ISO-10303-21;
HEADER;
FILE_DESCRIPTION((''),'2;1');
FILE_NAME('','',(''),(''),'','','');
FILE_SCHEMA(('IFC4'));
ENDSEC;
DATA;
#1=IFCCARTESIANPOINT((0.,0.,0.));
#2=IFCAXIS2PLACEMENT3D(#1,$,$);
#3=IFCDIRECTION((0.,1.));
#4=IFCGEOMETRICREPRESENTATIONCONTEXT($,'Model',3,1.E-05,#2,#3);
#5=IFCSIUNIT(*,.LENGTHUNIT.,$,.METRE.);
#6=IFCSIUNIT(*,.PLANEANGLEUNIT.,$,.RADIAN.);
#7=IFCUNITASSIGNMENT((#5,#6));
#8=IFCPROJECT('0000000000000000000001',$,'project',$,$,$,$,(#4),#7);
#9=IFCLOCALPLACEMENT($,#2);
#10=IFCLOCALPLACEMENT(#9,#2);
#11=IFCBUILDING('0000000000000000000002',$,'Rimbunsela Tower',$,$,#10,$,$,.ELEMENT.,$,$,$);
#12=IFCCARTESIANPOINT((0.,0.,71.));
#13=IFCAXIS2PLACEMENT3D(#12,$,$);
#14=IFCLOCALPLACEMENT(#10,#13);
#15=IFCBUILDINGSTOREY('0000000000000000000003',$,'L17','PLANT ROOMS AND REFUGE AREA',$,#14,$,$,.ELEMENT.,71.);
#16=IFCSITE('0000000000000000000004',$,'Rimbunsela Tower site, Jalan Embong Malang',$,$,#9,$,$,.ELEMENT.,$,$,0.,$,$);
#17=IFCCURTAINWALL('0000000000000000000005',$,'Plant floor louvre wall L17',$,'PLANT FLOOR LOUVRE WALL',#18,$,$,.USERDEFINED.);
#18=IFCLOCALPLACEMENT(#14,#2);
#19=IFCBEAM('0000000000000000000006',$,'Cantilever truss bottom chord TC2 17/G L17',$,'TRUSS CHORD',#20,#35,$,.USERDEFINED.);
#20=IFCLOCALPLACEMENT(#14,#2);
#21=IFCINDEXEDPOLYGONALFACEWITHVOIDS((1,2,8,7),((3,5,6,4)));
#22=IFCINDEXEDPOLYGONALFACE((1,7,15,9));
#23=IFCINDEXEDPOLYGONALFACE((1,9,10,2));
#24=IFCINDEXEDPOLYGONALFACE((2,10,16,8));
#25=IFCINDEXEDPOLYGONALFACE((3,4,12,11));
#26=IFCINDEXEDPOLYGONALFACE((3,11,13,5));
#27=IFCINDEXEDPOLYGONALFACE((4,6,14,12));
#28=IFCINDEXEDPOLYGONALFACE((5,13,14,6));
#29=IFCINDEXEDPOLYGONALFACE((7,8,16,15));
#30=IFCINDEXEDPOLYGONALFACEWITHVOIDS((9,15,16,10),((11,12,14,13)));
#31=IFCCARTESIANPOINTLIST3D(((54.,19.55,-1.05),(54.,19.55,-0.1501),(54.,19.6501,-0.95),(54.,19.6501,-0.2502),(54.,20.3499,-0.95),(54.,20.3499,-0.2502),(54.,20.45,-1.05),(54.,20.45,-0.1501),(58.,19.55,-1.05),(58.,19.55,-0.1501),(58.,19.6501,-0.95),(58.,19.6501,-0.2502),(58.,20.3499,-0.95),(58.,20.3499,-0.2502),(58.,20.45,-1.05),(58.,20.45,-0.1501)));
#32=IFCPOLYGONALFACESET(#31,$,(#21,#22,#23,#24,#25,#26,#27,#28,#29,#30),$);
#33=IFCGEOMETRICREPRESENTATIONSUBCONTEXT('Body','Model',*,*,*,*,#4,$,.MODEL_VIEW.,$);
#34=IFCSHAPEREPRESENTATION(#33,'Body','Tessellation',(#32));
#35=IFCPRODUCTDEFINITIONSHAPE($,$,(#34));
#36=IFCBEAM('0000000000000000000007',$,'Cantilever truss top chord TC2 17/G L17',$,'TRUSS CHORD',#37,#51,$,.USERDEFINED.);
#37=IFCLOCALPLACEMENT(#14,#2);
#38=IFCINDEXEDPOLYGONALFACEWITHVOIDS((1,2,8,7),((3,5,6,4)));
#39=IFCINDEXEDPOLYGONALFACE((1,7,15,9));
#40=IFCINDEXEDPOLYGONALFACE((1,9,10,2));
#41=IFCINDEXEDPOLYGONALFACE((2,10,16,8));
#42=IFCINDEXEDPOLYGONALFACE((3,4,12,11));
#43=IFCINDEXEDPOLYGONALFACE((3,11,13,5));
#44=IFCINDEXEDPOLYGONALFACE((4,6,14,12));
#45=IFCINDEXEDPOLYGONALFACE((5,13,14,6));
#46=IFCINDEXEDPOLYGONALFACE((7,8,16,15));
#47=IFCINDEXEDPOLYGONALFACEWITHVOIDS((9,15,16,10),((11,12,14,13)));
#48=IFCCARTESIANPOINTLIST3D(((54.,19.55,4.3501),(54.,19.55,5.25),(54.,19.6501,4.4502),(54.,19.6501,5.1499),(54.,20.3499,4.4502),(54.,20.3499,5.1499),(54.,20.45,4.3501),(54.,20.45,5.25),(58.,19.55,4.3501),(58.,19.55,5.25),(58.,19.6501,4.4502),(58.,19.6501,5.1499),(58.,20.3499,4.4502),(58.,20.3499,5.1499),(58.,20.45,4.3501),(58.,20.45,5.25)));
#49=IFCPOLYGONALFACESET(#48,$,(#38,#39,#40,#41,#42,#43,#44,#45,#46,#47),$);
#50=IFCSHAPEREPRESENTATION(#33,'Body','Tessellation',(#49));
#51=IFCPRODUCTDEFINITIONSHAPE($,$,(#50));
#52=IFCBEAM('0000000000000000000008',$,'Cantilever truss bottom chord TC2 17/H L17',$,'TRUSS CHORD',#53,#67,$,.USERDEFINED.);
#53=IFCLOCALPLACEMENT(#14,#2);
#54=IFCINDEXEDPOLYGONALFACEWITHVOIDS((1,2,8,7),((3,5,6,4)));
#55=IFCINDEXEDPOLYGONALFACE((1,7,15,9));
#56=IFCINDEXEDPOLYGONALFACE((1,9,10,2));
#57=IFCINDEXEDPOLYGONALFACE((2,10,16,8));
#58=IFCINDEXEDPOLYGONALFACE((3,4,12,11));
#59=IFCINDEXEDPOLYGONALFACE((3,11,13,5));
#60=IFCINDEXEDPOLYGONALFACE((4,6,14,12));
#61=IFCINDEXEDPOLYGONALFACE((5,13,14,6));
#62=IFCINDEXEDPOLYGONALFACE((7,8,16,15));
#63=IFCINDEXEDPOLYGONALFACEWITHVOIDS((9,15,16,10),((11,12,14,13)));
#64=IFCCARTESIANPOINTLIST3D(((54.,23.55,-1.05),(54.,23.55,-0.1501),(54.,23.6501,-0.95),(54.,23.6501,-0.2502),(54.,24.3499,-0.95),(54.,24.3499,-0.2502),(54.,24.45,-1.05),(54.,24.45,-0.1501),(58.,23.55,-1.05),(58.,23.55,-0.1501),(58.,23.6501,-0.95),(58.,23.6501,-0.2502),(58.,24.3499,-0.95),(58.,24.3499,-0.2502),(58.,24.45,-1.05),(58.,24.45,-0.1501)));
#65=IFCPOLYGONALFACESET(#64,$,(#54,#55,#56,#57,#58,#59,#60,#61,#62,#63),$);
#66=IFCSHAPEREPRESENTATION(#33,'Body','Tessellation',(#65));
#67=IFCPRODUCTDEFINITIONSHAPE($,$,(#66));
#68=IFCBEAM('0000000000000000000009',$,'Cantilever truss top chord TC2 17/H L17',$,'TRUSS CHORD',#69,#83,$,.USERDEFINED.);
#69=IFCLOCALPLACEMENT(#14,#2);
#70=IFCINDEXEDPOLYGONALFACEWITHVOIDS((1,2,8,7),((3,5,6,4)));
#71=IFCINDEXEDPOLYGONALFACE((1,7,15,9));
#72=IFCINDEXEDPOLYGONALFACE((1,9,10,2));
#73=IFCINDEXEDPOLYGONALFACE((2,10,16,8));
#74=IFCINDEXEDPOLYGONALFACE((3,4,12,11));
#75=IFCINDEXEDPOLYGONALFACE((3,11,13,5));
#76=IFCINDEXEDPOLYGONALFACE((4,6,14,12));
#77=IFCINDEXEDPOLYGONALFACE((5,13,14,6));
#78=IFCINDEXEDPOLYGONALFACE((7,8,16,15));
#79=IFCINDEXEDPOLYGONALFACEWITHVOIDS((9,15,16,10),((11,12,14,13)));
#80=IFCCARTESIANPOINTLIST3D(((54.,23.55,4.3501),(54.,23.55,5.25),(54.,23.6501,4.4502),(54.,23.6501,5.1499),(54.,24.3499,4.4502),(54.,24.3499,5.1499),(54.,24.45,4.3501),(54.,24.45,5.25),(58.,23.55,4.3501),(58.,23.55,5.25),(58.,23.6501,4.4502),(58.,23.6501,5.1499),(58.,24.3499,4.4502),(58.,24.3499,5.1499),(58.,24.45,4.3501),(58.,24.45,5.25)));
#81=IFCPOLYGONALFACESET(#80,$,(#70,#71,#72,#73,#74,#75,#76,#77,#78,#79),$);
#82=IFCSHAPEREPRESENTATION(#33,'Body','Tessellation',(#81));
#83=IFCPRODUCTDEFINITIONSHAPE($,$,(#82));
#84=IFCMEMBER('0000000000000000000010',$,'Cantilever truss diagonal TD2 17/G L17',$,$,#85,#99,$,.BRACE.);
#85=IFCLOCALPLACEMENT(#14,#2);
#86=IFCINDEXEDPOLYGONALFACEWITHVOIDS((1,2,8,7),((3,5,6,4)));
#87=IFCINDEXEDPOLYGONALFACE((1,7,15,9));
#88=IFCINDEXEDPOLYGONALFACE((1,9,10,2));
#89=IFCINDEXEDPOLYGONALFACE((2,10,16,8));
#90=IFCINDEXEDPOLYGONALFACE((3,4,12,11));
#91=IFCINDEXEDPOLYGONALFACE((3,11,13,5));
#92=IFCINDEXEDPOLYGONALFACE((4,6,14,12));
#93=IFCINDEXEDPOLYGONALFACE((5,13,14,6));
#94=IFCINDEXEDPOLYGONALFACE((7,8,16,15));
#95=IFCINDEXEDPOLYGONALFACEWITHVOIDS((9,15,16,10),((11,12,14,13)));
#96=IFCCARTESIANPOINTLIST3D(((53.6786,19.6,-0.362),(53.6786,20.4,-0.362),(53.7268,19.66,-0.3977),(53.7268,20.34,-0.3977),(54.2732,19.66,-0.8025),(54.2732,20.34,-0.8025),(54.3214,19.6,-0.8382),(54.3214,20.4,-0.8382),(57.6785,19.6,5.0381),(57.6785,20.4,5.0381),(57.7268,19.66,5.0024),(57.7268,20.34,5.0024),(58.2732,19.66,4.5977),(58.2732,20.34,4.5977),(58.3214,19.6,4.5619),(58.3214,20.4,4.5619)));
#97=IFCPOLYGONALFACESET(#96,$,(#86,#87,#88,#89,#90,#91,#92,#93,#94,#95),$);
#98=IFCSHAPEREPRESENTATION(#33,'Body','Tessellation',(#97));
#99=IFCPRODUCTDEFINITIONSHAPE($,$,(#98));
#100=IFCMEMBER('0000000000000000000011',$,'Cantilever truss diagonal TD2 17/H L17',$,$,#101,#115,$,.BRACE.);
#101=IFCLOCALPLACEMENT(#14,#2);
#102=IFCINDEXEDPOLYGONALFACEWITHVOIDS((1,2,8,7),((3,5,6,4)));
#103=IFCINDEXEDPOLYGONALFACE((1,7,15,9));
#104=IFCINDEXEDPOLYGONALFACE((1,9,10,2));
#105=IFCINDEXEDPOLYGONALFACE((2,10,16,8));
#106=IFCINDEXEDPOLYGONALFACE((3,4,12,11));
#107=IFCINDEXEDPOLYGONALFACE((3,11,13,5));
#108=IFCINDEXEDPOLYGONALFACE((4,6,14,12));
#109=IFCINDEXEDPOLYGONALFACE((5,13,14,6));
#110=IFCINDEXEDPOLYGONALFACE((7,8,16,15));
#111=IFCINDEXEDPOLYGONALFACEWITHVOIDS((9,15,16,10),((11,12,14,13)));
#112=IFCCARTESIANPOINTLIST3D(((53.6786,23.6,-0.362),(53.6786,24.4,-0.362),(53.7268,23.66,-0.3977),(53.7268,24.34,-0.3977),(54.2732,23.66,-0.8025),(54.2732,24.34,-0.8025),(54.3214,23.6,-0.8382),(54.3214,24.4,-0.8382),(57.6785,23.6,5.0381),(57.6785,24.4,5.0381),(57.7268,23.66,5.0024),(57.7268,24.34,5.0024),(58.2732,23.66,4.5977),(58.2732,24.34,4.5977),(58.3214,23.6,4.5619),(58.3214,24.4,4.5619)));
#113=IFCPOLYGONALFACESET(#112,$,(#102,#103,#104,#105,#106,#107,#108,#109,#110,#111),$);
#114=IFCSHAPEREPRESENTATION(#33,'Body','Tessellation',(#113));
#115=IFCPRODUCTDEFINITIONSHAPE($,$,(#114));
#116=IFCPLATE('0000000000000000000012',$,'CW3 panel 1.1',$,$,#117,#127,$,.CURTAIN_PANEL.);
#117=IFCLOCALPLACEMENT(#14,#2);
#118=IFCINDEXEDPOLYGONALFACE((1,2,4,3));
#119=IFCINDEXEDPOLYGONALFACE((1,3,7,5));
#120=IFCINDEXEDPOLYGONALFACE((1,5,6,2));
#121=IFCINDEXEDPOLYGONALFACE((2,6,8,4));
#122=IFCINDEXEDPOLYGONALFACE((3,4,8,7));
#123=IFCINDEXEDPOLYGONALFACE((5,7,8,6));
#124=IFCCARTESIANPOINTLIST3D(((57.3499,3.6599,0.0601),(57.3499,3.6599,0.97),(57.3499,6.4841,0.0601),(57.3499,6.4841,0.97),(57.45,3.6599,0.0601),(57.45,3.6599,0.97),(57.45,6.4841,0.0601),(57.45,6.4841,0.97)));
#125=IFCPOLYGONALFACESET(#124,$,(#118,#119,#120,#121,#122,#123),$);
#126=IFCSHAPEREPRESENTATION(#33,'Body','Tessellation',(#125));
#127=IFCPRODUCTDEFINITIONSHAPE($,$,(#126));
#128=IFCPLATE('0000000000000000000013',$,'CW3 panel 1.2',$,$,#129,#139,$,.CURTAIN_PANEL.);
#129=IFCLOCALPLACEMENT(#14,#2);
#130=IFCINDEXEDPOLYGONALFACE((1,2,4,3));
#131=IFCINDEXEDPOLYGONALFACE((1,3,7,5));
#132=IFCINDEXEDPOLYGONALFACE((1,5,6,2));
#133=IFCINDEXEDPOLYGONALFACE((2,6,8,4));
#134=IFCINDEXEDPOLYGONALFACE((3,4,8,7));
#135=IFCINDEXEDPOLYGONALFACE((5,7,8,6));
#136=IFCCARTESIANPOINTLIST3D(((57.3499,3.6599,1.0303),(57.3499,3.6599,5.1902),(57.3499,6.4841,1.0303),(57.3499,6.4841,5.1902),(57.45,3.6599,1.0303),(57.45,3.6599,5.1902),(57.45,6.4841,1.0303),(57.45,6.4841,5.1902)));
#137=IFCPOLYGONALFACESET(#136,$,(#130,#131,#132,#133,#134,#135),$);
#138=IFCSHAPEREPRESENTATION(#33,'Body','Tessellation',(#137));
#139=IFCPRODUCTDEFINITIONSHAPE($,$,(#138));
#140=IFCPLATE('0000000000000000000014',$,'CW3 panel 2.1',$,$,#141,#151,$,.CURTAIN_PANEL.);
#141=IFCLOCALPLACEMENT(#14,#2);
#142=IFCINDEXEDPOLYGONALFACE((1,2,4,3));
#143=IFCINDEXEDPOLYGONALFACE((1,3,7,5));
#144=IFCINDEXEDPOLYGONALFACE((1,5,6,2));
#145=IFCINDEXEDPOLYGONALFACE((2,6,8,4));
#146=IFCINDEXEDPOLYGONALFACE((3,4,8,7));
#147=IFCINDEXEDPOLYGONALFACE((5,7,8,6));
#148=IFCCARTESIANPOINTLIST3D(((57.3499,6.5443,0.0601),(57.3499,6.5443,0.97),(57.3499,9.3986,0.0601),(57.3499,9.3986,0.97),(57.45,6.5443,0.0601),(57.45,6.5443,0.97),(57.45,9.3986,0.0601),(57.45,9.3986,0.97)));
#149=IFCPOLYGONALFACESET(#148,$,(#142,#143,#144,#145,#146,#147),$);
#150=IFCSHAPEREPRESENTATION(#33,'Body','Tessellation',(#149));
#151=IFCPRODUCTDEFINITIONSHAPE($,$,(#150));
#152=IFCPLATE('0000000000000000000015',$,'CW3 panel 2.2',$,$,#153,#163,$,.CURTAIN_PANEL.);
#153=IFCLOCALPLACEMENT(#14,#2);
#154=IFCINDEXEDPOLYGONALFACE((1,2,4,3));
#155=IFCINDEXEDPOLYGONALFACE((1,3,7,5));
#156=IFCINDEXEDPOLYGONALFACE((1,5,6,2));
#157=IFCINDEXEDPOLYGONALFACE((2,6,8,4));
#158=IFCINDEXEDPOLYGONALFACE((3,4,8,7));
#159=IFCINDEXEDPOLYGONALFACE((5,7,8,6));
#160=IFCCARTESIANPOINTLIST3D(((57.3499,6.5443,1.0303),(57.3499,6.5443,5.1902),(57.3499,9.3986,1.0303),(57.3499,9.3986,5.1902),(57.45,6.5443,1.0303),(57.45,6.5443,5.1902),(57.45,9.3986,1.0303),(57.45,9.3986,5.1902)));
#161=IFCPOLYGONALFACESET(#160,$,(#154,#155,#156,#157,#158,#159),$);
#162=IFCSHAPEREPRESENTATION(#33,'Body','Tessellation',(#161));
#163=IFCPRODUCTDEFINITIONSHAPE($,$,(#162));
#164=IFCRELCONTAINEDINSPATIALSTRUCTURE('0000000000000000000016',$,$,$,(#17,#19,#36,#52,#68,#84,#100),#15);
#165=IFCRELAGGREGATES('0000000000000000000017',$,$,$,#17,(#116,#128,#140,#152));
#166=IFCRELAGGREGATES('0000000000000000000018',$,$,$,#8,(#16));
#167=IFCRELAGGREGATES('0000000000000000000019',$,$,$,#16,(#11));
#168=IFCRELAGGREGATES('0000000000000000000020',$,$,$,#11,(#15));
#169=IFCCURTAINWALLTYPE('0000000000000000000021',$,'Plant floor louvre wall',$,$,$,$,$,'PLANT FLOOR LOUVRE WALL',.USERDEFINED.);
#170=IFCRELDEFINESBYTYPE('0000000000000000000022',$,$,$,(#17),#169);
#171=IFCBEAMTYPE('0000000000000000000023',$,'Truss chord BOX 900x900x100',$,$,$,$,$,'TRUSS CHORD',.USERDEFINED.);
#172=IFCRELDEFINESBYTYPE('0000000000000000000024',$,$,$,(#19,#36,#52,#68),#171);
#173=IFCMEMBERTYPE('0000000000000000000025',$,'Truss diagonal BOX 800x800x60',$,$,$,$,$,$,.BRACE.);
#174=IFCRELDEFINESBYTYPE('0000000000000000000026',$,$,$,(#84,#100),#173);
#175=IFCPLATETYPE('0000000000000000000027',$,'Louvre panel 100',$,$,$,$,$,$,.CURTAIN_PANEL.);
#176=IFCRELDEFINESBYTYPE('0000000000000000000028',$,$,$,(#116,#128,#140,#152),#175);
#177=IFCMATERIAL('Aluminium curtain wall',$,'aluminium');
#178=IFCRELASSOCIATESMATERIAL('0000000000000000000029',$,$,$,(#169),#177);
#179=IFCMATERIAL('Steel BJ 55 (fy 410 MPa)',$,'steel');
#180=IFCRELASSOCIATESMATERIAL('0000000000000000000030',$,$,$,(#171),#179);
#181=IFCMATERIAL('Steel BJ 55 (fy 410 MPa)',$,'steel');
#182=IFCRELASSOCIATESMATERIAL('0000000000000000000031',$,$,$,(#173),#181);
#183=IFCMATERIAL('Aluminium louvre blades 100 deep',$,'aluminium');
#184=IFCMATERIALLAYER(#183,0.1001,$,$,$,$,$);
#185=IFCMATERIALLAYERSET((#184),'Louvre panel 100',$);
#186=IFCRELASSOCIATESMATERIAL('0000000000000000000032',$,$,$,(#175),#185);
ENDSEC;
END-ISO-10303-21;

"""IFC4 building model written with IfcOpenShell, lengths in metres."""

from ifc_helpers import new_model, si_unit, direction, frame, origin, origin_2d, place, context, subcontext, project, spatial, rectangle, hollow_rectangle, extrude, material, layer, layer_set, material_profile, profile_set, type_object, element, aggregate, save


model = new_model("IFC4")

# Units and contexts
model_context = context("Model", 3, precision=1e-05, world=origin(), true_north=direction((0.0, 1.0)))
body_context = subcontext(model_context, "Body", "Model", "MODEL_VIEW")
ifc_project = project(units=[si_unit("LENGTHUNIT", "METRE"), si_unit("PLANEANGLEUNIT", "RADIAN")], contexts=[model_context])

# Site, building, storey
site_placement = place(None, origin())
site = spatial("IfcSite", under=ifc_project, at=site_placement, Name="Rimbunsela Tower site, Jalan Embong Malang", CompositionType="ELEMENT", RefElevation=0.0)
building_placement = place(site_placement, origin())
building = spatial("IfcBuilding", under=site, at=building_placement, Name="Rimbunsela Tower", CompositionType="ELEMENT")
storey_placement = place(building_placement, frame((0.0, 0.0, 71.0)))
storey = spatial("IfcBuildingStorey", under=building, at=storey_placement, Name="L17", Description="PLANT ROOMS AND REFUGE AREA", CompositionType="ELEMENT", Elevation=71.0)

# Curtain wall
ifc_material_1 = material(Name="Aluminium curtain wall", Category="aluminium")
curtain_wall_type = type_object("IfcCurtainWallType", Name="Plant floor louvre wall", ElementType="PLANT FLOOR LOUVRE WALL", PredefinedType="USERDEFINED", material=ifc_material_1)
curtain_wall_placement = place(storey_placement, origin())
curtain_wall = element("IfcCurtainWall", 1, at=curtain_wall_placement, inside=storey, type_object=curtain_wall_type, Name="Plant floor louvre wall L17", ObjectType="PLANT FLOOR LOUVRE WALL", PredefinedType="USERDEFINED")

# Beams
ifc_material_2 = material(Name="Steel BJ 55 (fy 410 MPa)", Category="steel")
ifc_material_profile_1 = material_profile(ifc_material_2, hollow_rectangle(XDim=0.8999, YDim=0.8999, WallThickness=0.1001, at=origin_2d()), Name="BOX 900x900x100")
ifc_profile_set_1 = profile_set([ifc_material_profile_1], Name="Steel BJ 55 (fy 410 MPa)")
beam_type_1 = type_object("IfcBeamType", Name="Truss chord BOX 900x900x100", ElementType="TRUSS CHORD", PredefinedType="USERDEFINED", material=ifc_profile_set_1)
for number, where, z_axis, x_axis, name in (
    (2, (54.0, 20.0, -0.6001), (1.0, 0.0, 0.0), (0.0, 1.0, 0.0), "Cantilever truss bottom chord TC2 17/G L17"),
    (3, (54.0, 20.0, 4.8), (1.0, 0.0, 0.0), (0.0, 1.0, 0.0), "Cantilever truss top chord TC2 17/G L17"),
    (4, (54.0, 24.0, -0.6001), (1.0, 0.0, 0.0), (0.0, 1.0, 0.0), "Cantilever truss bottom chord TC2 17/H L17"),
    (5, (54.0, 24.0, 4.8), (1.0, 0.0, 0.0), (0.0, 1.0, 0.0), "Cantilever truss top chord TC2 17/H L17"),
):
    element("IfcBeam", number, at=place(storey_placement, frame(where, z_axis=z_axis, x_axis=x_axis)), inside=storey, type_object=beam_type_1, Name=name, ObjectType="TRUSS CHORD", PredefinedType="USERDEFINED", context=body_context, shape_type="SweptSolid", body=[
        extrude(hollow_rectangle(XDim=0.8999, YDim=0.8999, WallThickness=0.1001, at=origin_2d()), origin(), (0.0, 0.0, 1.0), 4.0),
    ])

# Members
ifc_material_3 = material(Name="Steel BJ 55 (fy 410 MPa)", Category="steel")
ifc_material_profile_2 = material_profile(ifc_material_3, hollow_rectangle(XDim=0.8, YDim=0.8, WallThickness=0.0601, at=origin_2d()), Name="BOX 800x800x60")
ifc_profile_set_2 = profile_set([ifc_material_profile_2], Name="Steel BJ 55 (fy 410 MPa)")
member_type_1 = type_object("IfcMemberType", Name="Truss diagonal BOX 800x800x60", PredefinedType="BRACE", material=ifc_profile_set_2)
for number, where, z_axis, x_axis, name in (
    (6, (54.0, 20.0, -0.6001), (0.595217, 0.0, 0.803565), (0.0, 1.0, 0.0), "Cantilever truss diagonal TD2 17/G L17"),
    (7, (54.0, 24.0, -0.6001), (0.595217, 0.0, 0.803565), (0.0, 1.0, 0.0), "Cantilever truss diagonal TD2 17/H L17"),
):
    element("IfcMember", number, at=place(storey_placement, frame(where, z_axis=z_axis, x_axis=x_axis)), inside=storey, type_object=member_type_1, Name=name, PredefinedType="BRACE", context=body_context, shape_type="SweptSolid", body=[
        extrude(hollow_rectangle(XDim=0.8, YDim=0.8, WallThickness=0.0601, at=origin_2d()), origin(), (0.0, 0.0, 1.0), 6.7202),
    ])

# Plates
ifc_material_4 = material(Name="Aluminium louvre blades 100 deep", Category="aluminium")
ifc_layer = layer(ifc_material_4, 0.1001)
ifc_layer_set = layer_set([ifc_layer], Name="Louvre panel 100")
plate_type = type_object("IfcPlateType", Name="Louvre panel 100", PredefinedType="CURTAIN_PANEL", material=ifc_layer_set)
plate_1_placement = place(storey_placement, frame((57.3999, 5.072, 0.0601), z_axis=(0.0, 0.0, 1.0), x_axis=(0.0, 1.0, 0.0)))
plate_1 = element("IfcPlate", 8, at=plate_1_placement, type_object=plate_type, Name="CW3 panel 1.1", PredefinedType="CURTAIN_PANEL", context=body_context, shape_type="SweptSolid", body=[
    extrude(rectangle(XDim=2.8242, YDim=0.1001, at=origin_2d()), origin(), (0.0, 0.0, 1.0), 0.9099),
])
plate_2_placement = place(storey_placement, frame((57.3999, 5.072, 1.0303), z_axis=(0.0, 0.0, 1.0), x_axis=(0.0, 1.0, 0.0)))
plate_2 = element("IfcPlate", 9, at=plate_2_placement, type_object=plate_type, Name="CW3 panel 1.2", PredefinedType="CURTAIN_PANEL", context=body_context, shape_type="SweptSolid", body=[
    extrude(rectangle(XDim=2.8242, YDim=0.1001, at=origin_2d()), origin(), (0.0, 0.0, 1.0), 4.1599),
])
plate_3_placement = place(storey_placement, frame((57.3999, 7.9714, 0.0601), z_axis=(0.0, 0.0, 1.0), x_axis=(0.0, 1.0, 0.0)))
plate_3 = element("IfcPlate", 10, at=plate_3_placement, type_object=plate_type, Name="CW3 panel 2.1", PredefinedType="CURTAIN_PANEL", context=body_context, shape_type="SweptSolid", body=[
    extrude(rectangle(XDim=2.8542, YDim=0.1001, at=origin_2d()), origin(), (0.0, 0.0, 1.0), 0.9099),
])
plate_4_placement = place(storey_placement, frame((57.3999, 7.9714, 1.0303), z_axis=(0.0, 0.0, 1.0), x_axis=(0.0, 1.0, 0.0)))
plate_4 = element("IfcPlate", 11, at=plate_4_placement, type_object=plate_type, Name="CW3 panel 2.2", PredefinedType="CURTAIN_PANEL", context=body_context, shape_type="SweptSolid", body=[
    extrude(rectangle(XDim=2.8542, YDim=0.1001, at=origin_2d()), origin(), (0.0, 0.0, 1.0), 4.1599),
])
aggregate(curtain_wall, [plate_1, plate_2, plate_3, plate_4])

save(model, "model.ifc")
